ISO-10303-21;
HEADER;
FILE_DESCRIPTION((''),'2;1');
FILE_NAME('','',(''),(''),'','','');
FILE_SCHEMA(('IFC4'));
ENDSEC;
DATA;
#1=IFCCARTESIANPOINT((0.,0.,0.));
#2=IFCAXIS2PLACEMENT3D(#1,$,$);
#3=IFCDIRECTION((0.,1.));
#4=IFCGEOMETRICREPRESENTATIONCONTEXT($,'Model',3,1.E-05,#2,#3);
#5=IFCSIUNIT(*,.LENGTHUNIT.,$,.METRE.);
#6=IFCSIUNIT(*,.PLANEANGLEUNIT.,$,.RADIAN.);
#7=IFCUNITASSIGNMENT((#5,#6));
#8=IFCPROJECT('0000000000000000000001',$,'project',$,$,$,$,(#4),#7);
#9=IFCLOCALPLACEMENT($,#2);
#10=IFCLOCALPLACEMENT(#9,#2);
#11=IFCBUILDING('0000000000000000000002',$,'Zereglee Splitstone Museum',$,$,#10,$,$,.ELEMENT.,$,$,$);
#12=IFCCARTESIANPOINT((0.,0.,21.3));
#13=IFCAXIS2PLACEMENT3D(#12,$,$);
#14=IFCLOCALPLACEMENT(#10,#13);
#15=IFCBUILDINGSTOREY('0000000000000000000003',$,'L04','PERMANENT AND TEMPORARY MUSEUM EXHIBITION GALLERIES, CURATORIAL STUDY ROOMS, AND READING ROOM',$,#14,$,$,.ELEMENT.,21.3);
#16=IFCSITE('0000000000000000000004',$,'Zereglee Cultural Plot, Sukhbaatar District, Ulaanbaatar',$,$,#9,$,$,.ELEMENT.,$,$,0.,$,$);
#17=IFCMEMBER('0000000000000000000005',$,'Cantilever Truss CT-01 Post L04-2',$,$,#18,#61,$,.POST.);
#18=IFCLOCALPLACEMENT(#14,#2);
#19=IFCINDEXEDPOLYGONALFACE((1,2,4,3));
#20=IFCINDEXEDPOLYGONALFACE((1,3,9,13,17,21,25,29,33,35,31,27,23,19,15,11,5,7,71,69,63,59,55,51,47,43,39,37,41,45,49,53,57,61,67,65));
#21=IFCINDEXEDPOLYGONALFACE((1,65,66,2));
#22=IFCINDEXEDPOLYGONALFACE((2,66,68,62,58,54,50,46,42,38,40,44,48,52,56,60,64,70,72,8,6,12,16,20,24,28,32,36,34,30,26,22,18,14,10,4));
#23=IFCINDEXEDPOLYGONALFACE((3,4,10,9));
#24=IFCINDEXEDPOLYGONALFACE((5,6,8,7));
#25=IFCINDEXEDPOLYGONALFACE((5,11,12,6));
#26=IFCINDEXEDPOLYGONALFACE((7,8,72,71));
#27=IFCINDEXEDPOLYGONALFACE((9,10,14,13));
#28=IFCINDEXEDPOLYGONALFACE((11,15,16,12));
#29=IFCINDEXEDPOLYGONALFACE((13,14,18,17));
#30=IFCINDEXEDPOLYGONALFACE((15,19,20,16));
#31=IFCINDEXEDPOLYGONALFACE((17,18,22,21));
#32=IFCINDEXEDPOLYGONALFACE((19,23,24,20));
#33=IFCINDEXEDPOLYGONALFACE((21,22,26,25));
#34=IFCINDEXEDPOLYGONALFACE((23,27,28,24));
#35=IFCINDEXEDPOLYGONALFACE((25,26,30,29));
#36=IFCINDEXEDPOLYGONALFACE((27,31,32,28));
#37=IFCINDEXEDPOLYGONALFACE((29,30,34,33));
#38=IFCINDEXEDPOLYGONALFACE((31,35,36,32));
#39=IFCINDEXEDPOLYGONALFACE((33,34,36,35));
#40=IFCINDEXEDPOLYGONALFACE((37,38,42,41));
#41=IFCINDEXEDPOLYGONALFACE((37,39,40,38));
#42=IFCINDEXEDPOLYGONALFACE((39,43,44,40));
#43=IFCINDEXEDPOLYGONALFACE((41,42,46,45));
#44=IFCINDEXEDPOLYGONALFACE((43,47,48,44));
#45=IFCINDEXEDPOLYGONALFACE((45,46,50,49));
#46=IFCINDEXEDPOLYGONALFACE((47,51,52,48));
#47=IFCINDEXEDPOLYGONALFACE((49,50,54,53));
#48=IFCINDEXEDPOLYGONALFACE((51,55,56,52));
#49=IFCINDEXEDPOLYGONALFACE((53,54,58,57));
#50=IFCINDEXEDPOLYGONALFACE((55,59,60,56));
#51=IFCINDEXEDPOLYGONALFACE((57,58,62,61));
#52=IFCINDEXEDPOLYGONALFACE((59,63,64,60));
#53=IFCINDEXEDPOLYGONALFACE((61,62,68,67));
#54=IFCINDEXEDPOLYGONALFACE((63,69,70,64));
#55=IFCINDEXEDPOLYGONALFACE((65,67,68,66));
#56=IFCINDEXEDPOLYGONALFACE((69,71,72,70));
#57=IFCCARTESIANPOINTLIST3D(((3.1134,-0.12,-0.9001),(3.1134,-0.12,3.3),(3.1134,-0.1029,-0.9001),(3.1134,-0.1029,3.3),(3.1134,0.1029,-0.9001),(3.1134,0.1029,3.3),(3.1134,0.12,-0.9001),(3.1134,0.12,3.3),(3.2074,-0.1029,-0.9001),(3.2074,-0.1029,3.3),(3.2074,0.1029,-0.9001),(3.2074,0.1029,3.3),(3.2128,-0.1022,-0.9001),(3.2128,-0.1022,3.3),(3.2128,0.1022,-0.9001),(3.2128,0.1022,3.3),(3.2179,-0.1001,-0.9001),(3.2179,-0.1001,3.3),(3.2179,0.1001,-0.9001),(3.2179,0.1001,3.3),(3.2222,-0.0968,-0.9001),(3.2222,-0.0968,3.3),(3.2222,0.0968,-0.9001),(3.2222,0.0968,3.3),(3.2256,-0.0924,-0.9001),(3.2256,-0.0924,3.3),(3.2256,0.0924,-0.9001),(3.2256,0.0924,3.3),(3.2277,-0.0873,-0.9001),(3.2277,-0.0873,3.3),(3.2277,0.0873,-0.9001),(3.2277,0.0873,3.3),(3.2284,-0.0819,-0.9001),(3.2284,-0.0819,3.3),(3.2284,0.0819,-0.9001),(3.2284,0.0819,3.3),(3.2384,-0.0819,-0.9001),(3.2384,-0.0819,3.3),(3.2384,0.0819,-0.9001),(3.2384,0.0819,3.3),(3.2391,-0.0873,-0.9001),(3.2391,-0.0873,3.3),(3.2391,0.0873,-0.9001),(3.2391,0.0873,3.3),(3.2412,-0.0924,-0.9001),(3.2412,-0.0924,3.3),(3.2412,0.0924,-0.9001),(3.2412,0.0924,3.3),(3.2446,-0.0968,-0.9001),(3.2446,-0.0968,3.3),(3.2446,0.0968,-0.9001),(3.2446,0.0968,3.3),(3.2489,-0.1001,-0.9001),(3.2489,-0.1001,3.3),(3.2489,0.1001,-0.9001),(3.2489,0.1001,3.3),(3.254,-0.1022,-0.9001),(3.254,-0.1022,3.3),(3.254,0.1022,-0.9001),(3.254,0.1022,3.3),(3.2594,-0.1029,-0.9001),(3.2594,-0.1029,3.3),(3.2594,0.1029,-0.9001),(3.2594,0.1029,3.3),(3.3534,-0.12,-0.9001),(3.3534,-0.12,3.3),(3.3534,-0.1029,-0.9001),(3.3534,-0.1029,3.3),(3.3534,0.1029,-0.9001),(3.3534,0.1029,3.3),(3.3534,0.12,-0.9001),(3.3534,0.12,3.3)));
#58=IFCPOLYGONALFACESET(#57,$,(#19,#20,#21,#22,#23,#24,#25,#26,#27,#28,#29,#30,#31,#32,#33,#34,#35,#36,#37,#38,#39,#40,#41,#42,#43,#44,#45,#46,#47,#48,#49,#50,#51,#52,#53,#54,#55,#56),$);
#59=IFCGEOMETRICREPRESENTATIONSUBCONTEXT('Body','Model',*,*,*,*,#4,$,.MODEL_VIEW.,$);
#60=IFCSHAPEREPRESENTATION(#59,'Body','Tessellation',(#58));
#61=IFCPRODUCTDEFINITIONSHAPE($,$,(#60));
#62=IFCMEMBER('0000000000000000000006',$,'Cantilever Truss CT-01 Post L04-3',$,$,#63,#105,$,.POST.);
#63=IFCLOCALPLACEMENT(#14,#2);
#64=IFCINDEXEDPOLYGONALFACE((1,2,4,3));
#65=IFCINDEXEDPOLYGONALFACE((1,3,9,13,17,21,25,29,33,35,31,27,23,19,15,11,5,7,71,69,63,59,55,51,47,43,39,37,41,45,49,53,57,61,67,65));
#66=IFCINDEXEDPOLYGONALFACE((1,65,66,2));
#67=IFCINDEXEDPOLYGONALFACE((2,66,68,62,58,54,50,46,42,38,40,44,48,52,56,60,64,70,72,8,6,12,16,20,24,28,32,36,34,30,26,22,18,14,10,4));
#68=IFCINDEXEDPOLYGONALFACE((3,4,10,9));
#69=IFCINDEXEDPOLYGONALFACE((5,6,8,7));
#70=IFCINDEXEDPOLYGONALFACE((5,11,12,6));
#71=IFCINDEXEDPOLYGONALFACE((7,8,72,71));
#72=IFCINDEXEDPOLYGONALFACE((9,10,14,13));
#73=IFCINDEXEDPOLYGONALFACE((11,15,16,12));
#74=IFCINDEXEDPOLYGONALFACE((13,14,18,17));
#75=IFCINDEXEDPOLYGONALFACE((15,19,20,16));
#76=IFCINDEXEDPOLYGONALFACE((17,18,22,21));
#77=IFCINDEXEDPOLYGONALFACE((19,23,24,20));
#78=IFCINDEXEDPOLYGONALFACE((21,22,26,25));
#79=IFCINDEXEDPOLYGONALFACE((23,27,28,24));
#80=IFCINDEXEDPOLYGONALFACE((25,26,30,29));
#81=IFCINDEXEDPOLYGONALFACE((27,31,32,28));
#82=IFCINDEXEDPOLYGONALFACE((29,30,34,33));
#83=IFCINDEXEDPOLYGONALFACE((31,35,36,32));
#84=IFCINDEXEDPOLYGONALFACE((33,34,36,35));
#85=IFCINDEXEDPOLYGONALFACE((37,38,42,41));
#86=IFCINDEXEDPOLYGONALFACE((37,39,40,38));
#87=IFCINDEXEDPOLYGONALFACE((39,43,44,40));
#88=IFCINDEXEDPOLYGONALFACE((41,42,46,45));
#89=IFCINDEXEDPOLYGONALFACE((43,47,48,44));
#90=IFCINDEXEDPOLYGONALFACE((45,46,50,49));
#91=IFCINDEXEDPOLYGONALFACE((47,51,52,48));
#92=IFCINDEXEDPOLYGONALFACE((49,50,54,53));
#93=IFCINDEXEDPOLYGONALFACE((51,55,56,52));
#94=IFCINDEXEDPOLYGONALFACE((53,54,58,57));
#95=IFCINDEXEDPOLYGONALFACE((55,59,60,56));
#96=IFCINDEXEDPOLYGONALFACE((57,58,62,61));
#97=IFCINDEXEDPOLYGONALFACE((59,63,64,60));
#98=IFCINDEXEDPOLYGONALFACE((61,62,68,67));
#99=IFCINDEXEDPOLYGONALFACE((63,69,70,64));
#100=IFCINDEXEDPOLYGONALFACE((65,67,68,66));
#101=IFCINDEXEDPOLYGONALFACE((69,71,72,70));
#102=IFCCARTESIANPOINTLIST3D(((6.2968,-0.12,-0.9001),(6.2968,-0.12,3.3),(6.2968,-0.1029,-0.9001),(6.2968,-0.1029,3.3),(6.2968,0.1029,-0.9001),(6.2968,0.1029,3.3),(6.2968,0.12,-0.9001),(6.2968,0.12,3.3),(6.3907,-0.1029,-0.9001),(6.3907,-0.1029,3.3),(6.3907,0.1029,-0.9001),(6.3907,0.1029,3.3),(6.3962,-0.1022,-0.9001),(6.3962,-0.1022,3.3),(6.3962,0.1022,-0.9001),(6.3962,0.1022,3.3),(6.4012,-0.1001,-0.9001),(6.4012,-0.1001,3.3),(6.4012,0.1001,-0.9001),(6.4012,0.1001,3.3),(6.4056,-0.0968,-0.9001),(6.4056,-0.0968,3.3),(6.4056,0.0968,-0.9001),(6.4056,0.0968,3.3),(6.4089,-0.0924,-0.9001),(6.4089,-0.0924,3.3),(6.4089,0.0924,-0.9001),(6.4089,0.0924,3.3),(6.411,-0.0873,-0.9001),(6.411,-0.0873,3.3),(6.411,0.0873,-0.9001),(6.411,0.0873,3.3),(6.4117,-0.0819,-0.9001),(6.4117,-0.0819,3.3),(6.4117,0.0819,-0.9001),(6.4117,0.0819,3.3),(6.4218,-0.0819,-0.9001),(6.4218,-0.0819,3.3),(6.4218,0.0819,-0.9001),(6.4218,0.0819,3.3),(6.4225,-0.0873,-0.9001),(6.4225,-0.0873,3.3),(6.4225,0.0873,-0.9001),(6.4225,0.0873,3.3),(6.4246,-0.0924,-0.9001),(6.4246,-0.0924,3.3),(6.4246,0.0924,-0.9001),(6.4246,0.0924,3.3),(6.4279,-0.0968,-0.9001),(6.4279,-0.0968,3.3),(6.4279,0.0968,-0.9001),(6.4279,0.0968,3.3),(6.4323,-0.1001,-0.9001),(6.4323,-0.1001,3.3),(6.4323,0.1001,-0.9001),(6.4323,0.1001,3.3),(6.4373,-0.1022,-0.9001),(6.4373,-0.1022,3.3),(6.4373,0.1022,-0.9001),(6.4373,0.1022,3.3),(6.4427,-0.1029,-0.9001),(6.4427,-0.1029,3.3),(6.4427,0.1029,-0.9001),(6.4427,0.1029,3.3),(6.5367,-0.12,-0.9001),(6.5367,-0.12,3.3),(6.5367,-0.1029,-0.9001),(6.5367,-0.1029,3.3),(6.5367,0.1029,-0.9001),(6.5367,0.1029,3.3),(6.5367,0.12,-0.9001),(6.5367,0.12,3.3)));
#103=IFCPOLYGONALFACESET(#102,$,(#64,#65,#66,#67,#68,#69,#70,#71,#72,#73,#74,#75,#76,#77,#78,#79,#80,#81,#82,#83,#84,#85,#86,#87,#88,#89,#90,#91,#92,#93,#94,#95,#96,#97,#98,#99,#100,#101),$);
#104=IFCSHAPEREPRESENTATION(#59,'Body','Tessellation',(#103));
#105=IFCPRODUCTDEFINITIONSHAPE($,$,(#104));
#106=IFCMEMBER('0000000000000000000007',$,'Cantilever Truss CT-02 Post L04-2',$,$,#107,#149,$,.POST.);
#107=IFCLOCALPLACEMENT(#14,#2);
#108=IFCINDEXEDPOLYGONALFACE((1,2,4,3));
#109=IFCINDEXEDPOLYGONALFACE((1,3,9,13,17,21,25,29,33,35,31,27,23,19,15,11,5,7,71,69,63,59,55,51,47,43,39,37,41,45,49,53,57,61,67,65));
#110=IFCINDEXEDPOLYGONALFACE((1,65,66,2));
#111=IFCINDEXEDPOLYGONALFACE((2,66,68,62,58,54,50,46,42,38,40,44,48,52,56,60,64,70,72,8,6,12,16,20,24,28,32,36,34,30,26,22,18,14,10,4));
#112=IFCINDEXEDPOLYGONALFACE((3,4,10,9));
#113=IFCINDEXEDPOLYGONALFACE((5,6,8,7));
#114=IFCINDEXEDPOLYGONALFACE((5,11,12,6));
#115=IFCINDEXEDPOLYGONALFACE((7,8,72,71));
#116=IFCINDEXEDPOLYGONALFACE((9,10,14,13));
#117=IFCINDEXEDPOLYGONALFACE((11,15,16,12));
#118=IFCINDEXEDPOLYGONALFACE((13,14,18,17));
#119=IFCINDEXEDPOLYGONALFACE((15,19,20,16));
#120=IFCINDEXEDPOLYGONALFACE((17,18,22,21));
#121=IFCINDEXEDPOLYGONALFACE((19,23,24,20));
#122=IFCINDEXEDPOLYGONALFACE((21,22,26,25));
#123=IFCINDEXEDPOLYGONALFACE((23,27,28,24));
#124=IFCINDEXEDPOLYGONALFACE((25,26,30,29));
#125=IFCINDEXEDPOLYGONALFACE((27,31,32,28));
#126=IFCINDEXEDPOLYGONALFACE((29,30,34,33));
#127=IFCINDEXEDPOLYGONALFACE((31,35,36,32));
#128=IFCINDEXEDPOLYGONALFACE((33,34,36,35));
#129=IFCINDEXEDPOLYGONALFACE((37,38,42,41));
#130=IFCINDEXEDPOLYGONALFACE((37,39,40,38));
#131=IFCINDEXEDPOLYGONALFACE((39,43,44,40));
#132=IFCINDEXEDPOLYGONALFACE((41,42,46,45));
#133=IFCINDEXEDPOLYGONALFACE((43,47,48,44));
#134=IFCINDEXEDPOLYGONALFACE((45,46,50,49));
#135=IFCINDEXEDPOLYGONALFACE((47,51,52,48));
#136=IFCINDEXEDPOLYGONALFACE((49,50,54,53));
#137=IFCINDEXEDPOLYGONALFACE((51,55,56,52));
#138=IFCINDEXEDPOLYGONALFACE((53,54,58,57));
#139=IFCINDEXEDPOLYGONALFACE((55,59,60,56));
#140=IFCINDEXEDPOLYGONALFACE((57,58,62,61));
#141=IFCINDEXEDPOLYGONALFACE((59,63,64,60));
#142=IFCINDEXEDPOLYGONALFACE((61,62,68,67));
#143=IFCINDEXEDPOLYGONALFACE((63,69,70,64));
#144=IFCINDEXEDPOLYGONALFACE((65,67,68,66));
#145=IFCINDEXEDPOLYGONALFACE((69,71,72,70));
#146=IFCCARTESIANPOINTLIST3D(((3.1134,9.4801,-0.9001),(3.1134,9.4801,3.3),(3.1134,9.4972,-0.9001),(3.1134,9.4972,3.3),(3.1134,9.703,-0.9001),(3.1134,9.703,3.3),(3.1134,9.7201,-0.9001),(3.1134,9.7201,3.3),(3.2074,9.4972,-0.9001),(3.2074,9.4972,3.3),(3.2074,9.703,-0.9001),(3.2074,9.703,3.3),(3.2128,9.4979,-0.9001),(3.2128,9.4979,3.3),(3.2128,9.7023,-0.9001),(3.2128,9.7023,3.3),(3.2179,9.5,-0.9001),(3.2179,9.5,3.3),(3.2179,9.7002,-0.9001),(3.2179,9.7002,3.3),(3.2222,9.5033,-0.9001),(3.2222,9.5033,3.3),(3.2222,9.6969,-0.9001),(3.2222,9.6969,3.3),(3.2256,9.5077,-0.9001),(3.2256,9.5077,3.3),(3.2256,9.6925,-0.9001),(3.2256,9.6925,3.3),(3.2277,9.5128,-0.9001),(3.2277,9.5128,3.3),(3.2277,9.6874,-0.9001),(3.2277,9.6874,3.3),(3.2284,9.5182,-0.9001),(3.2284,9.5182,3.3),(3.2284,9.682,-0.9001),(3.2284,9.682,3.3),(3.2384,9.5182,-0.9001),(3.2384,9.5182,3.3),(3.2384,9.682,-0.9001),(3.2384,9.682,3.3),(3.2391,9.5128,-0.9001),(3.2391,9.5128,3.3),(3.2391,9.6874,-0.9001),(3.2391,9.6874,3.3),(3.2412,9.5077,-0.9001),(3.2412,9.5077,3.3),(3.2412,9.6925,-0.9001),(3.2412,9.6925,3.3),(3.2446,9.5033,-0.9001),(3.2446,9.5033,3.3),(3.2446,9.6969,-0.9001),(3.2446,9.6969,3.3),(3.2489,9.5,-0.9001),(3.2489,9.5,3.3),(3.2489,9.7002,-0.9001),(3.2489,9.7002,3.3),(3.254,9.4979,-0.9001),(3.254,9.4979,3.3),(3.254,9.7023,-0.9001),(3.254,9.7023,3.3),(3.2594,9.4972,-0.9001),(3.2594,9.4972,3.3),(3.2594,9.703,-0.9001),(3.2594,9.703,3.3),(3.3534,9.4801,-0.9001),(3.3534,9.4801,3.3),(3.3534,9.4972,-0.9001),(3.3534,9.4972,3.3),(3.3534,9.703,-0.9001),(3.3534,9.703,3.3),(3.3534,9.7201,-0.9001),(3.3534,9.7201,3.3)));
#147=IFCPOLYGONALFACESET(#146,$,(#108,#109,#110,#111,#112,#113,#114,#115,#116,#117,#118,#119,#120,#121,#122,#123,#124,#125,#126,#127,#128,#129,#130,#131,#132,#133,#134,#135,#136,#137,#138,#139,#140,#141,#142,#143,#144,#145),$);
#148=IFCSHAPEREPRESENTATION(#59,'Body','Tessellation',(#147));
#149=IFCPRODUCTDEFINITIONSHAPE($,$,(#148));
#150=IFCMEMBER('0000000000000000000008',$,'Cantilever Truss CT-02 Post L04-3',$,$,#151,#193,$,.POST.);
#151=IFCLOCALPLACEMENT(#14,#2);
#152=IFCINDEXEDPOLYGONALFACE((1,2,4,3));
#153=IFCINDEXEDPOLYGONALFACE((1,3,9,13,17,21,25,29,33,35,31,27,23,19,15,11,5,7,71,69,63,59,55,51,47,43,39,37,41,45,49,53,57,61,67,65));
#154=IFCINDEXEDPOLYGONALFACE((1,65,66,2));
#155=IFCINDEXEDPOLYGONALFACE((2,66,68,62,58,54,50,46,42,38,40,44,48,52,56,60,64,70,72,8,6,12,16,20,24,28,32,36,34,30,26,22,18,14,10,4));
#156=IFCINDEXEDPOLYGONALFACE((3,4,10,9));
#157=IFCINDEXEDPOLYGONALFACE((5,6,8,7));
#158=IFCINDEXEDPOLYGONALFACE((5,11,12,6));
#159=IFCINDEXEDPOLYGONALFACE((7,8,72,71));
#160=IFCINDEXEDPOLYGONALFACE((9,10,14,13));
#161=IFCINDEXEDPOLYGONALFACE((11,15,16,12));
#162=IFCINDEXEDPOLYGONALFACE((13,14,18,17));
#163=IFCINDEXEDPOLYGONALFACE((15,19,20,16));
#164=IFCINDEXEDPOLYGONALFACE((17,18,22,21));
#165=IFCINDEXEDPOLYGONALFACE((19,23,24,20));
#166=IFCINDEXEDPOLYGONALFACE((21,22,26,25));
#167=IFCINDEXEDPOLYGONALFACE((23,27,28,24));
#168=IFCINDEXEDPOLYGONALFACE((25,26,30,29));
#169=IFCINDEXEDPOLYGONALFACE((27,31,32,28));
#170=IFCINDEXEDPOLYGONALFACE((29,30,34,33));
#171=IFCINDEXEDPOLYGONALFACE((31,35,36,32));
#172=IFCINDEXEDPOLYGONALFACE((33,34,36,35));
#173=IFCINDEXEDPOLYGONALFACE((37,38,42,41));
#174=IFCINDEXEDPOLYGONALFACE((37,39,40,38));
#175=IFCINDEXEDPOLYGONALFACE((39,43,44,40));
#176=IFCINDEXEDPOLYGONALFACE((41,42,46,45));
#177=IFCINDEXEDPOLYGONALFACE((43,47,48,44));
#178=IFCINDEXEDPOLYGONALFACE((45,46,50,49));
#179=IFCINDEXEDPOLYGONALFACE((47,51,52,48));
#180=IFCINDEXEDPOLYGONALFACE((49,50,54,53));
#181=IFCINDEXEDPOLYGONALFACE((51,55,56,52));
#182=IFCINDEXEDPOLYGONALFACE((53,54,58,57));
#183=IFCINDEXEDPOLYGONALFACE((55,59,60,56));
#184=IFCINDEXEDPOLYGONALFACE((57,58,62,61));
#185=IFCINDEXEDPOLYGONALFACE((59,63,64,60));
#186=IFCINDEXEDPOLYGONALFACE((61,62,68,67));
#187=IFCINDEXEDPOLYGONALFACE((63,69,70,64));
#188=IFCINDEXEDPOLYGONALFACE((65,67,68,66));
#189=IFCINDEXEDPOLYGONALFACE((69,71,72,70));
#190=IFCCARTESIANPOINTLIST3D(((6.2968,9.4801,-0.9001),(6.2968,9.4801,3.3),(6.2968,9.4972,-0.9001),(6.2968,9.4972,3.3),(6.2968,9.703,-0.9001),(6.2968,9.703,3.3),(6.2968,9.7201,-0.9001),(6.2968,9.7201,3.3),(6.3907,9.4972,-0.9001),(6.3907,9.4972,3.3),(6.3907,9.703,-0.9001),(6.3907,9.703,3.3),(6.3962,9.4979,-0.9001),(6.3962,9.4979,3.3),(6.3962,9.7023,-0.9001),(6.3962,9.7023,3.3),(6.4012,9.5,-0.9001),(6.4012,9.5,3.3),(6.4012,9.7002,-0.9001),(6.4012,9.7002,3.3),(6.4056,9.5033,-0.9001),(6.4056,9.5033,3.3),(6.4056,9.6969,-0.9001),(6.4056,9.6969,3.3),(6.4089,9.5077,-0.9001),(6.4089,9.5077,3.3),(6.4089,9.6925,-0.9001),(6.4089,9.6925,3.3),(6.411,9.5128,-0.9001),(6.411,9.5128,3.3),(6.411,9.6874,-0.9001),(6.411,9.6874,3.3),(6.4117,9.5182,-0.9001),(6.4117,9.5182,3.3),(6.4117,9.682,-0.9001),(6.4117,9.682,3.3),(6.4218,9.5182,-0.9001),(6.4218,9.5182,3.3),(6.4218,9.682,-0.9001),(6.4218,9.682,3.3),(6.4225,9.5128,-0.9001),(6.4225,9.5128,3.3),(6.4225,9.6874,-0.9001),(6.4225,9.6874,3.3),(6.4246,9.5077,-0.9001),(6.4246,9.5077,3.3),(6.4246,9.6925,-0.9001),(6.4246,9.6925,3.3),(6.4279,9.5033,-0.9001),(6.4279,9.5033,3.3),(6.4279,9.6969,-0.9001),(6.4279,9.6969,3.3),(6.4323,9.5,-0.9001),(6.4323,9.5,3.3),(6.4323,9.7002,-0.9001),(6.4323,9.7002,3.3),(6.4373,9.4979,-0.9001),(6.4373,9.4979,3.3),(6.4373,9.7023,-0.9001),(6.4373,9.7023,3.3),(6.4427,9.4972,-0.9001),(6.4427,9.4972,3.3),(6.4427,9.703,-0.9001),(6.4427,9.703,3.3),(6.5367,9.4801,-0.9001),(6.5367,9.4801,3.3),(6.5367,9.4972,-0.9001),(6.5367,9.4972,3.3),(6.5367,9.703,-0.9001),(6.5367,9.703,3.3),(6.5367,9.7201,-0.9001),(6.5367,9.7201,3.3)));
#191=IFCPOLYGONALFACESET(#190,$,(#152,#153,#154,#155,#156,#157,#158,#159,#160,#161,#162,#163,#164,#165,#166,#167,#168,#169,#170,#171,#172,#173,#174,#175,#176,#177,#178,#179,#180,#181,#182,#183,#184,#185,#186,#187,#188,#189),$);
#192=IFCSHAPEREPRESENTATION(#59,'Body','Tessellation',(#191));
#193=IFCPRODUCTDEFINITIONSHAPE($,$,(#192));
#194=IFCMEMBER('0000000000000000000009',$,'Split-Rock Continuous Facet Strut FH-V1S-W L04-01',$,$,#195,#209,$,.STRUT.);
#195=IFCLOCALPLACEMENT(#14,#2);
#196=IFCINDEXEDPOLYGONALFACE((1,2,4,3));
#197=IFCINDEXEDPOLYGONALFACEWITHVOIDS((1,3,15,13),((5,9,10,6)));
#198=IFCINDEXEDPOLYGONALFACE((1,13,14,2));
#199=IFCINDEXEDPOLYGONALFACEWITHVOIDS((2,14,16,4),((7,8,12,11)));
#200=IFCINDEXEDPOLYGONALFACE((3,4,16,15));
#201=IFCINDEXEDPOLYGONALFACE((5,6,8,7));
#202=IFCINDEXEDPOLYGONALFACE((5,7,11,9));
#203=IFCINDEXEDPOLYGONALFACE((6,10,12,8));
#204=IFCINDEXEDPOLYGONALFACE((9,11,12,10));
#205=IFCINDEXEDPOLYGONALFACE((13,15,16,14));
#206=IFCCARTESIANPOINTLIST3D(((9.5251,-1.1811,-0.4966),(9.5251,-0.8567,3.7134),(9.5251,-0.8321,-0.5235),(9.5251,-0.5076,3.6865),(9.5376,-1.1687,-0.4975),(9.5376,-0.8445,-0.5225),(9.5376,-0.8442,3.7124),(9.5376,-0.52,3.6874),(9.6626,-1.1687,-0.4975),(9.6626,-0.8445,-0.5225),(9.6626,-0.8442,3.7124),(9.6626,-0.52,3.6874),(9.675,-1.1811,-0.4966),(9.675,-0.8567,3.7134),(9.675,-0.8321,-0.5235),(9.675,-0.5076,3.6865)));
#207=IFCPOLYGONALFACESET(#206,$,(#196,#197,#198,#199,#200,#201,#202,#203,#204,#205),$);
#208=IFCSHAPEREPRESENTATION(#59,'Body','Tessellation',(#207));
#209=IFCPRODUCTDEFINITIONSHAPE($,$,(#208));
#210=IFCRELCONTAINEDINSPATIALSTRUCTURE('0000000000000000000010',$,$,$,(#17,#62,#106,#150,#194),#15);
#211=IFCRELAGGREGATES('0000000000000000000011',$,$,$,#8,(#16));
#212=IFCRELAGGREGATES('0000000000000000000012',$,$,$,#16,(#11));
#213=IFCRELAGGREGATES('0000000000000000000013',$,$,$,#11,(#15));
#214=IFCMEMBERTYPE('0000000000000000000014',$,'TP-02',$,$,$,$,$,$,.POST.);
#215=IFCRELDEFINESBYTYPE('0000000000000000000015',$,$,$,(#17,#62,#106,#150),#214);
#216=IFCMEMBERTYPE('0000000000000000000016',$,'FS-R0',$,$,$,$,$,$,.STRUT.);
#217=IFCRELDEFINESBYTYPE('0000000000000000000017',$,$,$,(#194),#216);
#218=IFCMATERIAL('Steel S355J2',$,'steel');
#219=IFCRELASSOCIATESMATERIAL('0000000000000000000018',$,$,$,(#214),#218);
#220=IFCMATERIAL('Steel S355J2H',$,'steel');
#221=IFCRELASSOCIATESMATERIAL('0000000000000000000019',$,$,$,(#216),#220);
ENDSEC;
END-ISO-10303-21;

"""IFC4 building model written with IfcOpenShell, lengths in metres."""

from ifc_helpers import new_model, si_unit, direction, frame, origin, origin_2d, place, context, subcontext, project, spatial, hollow_rectangle, i_section, extrude, material, material_profile, profile_set, type_object, element, save


model = new_model("IFC4")

# Units and contexts
model_context = context("Model", 3, precision=1e-05, world=origin(), true_north=direction((0.0, 1.0)))
body_context = subcontext(model_context, "Body", "Model", "MODEL_VIEW")
ifc_project = project(units=[si_unit("LENGTHUNIT", "METRE"), si_unit("PLANEANGLEUNIT", "RADIAN")], contexts=[model_context])

# Site, building, storey
site_placement = place(None, origin())
site = spatial("IfcSite", under=ifc_project, at=site_placement, Name="Zereglee Cultural Plot, Sukhbaatar District, Ulaanbaatar", CompositionType="ELEMENT", RefElevation=0.0)
building_placement = place(site_placement, origin())
building = spatial("IfcBuilding", under=site, at=building_placement, Name="Zereglee Splitstone Museum", CompositionType="ELEMENT")
storey_placement = place(building_placement, frame((0.0, 0.0, 21.3)))
storey = spatial("IfcBuildingStorey", under=building, at=storey_placement, Name="L04", Description="PERMANENT AND TEMPORARY MUSEUM EXHIBITION GALLERIES, CURATORIAL STUDY ROOMS, AND READING ROOM", CompositionType="ELEMENT", Elevation=21.3)

# Shared definitions
ifc_material_1 = material(Name="Steel S355J2H", Category="steel")

# Shared definitions
ifc_material_2 = material(Name="Steel S355J2", Category="steel")

# Members
ifc_material_profile_1 = material_profile(ifc_material_2, i_section(OverallWidth=0.24, OverallDepth=0.24, WebThickness=0.01, FlangeThickness=0.0171, FilletRadius=0.021, at=origin_2d()), Name="HE 240 B")
ifc_profile_set_1 = profile_set([ifc_material_profile_1], Name="Steel S355J2")
member_type_1 = type_object("IfcMemberType", Name="TP-02", PredefinedType="POST", material=ifc_profile_set_1)
for number, where, z_axis, x_axis, name in (
    (1, (3.2334, 0.0, -0.9001), (0.0, 0.0, 1.0), (1.0, 0.0, 0.0), "Cantilever Truss CT-01 Post L04-2"),
    (2, (6.4167, 0.0, -0.9001), (0.0, 0.0, 1.0), (1.0, 0.0, 0.0), "Cantilever Truss CT-01 Post L04-3"),
    (3, (3.2334, 9.6001, -0.9001), (0.0, 0.0, 1.0), (1.0, 0.0, 0.0), "Cantilever Truss CT-02 Post L04-2"),
    (4, (6.4167, 9.6001, -0.9001), (0.0, 0.0, 1.0), (1.0, 0.0, 0.0), "Cantilever Truss CT-02 Post L04-3"),
):
    element("IfcMember", number, at=place(storey_placement, frame(where, z_axis=z_axis, x_axis=x_axis)), inside=storey, type_object=member_type_1, Name=name, PredefinedType="POST", context=body_context, shape_type="SweptSolid", body=[
        extrude(i_section(OverallWidth=0.24, OverallDepth=0.24, WebThickness=0.01, FlangeThickness=0.0171, FilletRadius=0.021, at=origin_2d()), origin(), (0.0, 0.0, 1.0), 4.2002),
    ])
ifc_material_profile_2 = material_profile(ifc_material_1, hollow_rectangle(XDim=0.1499, YDim=0.3501, WallThickness=0.0125, at=origin_2d()), Name="RHS 350x150x12.5")
ifc_profile_set_2 = profile_set([ifc_material_profile_2], Name="Steel S355J2H")
member_type_2 = type_object("IfcMemberType", Name="FS-R0", PredefinedType="STRUT", material=ifc_profile_set_2)
member_placement = place(storey_placement, frame((9.6001, -1.0066, -0.51), z_axis=(0.0, 0.076842, 0.997043), x_axis=(-1.0, 0.0, 0.0)))
element("IfcMember", 5, at=member_placement, inside=storey, type_object=member_type_2, Name="Split-Rock Continuous Facet Strut FH-V1S-W L04-01", PredefinedType="STRUT", context=body_context, shape_type="SweptSolid", body=[
    extrude(hollow_rectangle(XDim=0.1499, YDim=0.3501, WallThickness=0.0125, at=origin_2d()), origin(), (0.0, 0.0, 1.0), 4.2224),
])

save(model, "model.ifc")
